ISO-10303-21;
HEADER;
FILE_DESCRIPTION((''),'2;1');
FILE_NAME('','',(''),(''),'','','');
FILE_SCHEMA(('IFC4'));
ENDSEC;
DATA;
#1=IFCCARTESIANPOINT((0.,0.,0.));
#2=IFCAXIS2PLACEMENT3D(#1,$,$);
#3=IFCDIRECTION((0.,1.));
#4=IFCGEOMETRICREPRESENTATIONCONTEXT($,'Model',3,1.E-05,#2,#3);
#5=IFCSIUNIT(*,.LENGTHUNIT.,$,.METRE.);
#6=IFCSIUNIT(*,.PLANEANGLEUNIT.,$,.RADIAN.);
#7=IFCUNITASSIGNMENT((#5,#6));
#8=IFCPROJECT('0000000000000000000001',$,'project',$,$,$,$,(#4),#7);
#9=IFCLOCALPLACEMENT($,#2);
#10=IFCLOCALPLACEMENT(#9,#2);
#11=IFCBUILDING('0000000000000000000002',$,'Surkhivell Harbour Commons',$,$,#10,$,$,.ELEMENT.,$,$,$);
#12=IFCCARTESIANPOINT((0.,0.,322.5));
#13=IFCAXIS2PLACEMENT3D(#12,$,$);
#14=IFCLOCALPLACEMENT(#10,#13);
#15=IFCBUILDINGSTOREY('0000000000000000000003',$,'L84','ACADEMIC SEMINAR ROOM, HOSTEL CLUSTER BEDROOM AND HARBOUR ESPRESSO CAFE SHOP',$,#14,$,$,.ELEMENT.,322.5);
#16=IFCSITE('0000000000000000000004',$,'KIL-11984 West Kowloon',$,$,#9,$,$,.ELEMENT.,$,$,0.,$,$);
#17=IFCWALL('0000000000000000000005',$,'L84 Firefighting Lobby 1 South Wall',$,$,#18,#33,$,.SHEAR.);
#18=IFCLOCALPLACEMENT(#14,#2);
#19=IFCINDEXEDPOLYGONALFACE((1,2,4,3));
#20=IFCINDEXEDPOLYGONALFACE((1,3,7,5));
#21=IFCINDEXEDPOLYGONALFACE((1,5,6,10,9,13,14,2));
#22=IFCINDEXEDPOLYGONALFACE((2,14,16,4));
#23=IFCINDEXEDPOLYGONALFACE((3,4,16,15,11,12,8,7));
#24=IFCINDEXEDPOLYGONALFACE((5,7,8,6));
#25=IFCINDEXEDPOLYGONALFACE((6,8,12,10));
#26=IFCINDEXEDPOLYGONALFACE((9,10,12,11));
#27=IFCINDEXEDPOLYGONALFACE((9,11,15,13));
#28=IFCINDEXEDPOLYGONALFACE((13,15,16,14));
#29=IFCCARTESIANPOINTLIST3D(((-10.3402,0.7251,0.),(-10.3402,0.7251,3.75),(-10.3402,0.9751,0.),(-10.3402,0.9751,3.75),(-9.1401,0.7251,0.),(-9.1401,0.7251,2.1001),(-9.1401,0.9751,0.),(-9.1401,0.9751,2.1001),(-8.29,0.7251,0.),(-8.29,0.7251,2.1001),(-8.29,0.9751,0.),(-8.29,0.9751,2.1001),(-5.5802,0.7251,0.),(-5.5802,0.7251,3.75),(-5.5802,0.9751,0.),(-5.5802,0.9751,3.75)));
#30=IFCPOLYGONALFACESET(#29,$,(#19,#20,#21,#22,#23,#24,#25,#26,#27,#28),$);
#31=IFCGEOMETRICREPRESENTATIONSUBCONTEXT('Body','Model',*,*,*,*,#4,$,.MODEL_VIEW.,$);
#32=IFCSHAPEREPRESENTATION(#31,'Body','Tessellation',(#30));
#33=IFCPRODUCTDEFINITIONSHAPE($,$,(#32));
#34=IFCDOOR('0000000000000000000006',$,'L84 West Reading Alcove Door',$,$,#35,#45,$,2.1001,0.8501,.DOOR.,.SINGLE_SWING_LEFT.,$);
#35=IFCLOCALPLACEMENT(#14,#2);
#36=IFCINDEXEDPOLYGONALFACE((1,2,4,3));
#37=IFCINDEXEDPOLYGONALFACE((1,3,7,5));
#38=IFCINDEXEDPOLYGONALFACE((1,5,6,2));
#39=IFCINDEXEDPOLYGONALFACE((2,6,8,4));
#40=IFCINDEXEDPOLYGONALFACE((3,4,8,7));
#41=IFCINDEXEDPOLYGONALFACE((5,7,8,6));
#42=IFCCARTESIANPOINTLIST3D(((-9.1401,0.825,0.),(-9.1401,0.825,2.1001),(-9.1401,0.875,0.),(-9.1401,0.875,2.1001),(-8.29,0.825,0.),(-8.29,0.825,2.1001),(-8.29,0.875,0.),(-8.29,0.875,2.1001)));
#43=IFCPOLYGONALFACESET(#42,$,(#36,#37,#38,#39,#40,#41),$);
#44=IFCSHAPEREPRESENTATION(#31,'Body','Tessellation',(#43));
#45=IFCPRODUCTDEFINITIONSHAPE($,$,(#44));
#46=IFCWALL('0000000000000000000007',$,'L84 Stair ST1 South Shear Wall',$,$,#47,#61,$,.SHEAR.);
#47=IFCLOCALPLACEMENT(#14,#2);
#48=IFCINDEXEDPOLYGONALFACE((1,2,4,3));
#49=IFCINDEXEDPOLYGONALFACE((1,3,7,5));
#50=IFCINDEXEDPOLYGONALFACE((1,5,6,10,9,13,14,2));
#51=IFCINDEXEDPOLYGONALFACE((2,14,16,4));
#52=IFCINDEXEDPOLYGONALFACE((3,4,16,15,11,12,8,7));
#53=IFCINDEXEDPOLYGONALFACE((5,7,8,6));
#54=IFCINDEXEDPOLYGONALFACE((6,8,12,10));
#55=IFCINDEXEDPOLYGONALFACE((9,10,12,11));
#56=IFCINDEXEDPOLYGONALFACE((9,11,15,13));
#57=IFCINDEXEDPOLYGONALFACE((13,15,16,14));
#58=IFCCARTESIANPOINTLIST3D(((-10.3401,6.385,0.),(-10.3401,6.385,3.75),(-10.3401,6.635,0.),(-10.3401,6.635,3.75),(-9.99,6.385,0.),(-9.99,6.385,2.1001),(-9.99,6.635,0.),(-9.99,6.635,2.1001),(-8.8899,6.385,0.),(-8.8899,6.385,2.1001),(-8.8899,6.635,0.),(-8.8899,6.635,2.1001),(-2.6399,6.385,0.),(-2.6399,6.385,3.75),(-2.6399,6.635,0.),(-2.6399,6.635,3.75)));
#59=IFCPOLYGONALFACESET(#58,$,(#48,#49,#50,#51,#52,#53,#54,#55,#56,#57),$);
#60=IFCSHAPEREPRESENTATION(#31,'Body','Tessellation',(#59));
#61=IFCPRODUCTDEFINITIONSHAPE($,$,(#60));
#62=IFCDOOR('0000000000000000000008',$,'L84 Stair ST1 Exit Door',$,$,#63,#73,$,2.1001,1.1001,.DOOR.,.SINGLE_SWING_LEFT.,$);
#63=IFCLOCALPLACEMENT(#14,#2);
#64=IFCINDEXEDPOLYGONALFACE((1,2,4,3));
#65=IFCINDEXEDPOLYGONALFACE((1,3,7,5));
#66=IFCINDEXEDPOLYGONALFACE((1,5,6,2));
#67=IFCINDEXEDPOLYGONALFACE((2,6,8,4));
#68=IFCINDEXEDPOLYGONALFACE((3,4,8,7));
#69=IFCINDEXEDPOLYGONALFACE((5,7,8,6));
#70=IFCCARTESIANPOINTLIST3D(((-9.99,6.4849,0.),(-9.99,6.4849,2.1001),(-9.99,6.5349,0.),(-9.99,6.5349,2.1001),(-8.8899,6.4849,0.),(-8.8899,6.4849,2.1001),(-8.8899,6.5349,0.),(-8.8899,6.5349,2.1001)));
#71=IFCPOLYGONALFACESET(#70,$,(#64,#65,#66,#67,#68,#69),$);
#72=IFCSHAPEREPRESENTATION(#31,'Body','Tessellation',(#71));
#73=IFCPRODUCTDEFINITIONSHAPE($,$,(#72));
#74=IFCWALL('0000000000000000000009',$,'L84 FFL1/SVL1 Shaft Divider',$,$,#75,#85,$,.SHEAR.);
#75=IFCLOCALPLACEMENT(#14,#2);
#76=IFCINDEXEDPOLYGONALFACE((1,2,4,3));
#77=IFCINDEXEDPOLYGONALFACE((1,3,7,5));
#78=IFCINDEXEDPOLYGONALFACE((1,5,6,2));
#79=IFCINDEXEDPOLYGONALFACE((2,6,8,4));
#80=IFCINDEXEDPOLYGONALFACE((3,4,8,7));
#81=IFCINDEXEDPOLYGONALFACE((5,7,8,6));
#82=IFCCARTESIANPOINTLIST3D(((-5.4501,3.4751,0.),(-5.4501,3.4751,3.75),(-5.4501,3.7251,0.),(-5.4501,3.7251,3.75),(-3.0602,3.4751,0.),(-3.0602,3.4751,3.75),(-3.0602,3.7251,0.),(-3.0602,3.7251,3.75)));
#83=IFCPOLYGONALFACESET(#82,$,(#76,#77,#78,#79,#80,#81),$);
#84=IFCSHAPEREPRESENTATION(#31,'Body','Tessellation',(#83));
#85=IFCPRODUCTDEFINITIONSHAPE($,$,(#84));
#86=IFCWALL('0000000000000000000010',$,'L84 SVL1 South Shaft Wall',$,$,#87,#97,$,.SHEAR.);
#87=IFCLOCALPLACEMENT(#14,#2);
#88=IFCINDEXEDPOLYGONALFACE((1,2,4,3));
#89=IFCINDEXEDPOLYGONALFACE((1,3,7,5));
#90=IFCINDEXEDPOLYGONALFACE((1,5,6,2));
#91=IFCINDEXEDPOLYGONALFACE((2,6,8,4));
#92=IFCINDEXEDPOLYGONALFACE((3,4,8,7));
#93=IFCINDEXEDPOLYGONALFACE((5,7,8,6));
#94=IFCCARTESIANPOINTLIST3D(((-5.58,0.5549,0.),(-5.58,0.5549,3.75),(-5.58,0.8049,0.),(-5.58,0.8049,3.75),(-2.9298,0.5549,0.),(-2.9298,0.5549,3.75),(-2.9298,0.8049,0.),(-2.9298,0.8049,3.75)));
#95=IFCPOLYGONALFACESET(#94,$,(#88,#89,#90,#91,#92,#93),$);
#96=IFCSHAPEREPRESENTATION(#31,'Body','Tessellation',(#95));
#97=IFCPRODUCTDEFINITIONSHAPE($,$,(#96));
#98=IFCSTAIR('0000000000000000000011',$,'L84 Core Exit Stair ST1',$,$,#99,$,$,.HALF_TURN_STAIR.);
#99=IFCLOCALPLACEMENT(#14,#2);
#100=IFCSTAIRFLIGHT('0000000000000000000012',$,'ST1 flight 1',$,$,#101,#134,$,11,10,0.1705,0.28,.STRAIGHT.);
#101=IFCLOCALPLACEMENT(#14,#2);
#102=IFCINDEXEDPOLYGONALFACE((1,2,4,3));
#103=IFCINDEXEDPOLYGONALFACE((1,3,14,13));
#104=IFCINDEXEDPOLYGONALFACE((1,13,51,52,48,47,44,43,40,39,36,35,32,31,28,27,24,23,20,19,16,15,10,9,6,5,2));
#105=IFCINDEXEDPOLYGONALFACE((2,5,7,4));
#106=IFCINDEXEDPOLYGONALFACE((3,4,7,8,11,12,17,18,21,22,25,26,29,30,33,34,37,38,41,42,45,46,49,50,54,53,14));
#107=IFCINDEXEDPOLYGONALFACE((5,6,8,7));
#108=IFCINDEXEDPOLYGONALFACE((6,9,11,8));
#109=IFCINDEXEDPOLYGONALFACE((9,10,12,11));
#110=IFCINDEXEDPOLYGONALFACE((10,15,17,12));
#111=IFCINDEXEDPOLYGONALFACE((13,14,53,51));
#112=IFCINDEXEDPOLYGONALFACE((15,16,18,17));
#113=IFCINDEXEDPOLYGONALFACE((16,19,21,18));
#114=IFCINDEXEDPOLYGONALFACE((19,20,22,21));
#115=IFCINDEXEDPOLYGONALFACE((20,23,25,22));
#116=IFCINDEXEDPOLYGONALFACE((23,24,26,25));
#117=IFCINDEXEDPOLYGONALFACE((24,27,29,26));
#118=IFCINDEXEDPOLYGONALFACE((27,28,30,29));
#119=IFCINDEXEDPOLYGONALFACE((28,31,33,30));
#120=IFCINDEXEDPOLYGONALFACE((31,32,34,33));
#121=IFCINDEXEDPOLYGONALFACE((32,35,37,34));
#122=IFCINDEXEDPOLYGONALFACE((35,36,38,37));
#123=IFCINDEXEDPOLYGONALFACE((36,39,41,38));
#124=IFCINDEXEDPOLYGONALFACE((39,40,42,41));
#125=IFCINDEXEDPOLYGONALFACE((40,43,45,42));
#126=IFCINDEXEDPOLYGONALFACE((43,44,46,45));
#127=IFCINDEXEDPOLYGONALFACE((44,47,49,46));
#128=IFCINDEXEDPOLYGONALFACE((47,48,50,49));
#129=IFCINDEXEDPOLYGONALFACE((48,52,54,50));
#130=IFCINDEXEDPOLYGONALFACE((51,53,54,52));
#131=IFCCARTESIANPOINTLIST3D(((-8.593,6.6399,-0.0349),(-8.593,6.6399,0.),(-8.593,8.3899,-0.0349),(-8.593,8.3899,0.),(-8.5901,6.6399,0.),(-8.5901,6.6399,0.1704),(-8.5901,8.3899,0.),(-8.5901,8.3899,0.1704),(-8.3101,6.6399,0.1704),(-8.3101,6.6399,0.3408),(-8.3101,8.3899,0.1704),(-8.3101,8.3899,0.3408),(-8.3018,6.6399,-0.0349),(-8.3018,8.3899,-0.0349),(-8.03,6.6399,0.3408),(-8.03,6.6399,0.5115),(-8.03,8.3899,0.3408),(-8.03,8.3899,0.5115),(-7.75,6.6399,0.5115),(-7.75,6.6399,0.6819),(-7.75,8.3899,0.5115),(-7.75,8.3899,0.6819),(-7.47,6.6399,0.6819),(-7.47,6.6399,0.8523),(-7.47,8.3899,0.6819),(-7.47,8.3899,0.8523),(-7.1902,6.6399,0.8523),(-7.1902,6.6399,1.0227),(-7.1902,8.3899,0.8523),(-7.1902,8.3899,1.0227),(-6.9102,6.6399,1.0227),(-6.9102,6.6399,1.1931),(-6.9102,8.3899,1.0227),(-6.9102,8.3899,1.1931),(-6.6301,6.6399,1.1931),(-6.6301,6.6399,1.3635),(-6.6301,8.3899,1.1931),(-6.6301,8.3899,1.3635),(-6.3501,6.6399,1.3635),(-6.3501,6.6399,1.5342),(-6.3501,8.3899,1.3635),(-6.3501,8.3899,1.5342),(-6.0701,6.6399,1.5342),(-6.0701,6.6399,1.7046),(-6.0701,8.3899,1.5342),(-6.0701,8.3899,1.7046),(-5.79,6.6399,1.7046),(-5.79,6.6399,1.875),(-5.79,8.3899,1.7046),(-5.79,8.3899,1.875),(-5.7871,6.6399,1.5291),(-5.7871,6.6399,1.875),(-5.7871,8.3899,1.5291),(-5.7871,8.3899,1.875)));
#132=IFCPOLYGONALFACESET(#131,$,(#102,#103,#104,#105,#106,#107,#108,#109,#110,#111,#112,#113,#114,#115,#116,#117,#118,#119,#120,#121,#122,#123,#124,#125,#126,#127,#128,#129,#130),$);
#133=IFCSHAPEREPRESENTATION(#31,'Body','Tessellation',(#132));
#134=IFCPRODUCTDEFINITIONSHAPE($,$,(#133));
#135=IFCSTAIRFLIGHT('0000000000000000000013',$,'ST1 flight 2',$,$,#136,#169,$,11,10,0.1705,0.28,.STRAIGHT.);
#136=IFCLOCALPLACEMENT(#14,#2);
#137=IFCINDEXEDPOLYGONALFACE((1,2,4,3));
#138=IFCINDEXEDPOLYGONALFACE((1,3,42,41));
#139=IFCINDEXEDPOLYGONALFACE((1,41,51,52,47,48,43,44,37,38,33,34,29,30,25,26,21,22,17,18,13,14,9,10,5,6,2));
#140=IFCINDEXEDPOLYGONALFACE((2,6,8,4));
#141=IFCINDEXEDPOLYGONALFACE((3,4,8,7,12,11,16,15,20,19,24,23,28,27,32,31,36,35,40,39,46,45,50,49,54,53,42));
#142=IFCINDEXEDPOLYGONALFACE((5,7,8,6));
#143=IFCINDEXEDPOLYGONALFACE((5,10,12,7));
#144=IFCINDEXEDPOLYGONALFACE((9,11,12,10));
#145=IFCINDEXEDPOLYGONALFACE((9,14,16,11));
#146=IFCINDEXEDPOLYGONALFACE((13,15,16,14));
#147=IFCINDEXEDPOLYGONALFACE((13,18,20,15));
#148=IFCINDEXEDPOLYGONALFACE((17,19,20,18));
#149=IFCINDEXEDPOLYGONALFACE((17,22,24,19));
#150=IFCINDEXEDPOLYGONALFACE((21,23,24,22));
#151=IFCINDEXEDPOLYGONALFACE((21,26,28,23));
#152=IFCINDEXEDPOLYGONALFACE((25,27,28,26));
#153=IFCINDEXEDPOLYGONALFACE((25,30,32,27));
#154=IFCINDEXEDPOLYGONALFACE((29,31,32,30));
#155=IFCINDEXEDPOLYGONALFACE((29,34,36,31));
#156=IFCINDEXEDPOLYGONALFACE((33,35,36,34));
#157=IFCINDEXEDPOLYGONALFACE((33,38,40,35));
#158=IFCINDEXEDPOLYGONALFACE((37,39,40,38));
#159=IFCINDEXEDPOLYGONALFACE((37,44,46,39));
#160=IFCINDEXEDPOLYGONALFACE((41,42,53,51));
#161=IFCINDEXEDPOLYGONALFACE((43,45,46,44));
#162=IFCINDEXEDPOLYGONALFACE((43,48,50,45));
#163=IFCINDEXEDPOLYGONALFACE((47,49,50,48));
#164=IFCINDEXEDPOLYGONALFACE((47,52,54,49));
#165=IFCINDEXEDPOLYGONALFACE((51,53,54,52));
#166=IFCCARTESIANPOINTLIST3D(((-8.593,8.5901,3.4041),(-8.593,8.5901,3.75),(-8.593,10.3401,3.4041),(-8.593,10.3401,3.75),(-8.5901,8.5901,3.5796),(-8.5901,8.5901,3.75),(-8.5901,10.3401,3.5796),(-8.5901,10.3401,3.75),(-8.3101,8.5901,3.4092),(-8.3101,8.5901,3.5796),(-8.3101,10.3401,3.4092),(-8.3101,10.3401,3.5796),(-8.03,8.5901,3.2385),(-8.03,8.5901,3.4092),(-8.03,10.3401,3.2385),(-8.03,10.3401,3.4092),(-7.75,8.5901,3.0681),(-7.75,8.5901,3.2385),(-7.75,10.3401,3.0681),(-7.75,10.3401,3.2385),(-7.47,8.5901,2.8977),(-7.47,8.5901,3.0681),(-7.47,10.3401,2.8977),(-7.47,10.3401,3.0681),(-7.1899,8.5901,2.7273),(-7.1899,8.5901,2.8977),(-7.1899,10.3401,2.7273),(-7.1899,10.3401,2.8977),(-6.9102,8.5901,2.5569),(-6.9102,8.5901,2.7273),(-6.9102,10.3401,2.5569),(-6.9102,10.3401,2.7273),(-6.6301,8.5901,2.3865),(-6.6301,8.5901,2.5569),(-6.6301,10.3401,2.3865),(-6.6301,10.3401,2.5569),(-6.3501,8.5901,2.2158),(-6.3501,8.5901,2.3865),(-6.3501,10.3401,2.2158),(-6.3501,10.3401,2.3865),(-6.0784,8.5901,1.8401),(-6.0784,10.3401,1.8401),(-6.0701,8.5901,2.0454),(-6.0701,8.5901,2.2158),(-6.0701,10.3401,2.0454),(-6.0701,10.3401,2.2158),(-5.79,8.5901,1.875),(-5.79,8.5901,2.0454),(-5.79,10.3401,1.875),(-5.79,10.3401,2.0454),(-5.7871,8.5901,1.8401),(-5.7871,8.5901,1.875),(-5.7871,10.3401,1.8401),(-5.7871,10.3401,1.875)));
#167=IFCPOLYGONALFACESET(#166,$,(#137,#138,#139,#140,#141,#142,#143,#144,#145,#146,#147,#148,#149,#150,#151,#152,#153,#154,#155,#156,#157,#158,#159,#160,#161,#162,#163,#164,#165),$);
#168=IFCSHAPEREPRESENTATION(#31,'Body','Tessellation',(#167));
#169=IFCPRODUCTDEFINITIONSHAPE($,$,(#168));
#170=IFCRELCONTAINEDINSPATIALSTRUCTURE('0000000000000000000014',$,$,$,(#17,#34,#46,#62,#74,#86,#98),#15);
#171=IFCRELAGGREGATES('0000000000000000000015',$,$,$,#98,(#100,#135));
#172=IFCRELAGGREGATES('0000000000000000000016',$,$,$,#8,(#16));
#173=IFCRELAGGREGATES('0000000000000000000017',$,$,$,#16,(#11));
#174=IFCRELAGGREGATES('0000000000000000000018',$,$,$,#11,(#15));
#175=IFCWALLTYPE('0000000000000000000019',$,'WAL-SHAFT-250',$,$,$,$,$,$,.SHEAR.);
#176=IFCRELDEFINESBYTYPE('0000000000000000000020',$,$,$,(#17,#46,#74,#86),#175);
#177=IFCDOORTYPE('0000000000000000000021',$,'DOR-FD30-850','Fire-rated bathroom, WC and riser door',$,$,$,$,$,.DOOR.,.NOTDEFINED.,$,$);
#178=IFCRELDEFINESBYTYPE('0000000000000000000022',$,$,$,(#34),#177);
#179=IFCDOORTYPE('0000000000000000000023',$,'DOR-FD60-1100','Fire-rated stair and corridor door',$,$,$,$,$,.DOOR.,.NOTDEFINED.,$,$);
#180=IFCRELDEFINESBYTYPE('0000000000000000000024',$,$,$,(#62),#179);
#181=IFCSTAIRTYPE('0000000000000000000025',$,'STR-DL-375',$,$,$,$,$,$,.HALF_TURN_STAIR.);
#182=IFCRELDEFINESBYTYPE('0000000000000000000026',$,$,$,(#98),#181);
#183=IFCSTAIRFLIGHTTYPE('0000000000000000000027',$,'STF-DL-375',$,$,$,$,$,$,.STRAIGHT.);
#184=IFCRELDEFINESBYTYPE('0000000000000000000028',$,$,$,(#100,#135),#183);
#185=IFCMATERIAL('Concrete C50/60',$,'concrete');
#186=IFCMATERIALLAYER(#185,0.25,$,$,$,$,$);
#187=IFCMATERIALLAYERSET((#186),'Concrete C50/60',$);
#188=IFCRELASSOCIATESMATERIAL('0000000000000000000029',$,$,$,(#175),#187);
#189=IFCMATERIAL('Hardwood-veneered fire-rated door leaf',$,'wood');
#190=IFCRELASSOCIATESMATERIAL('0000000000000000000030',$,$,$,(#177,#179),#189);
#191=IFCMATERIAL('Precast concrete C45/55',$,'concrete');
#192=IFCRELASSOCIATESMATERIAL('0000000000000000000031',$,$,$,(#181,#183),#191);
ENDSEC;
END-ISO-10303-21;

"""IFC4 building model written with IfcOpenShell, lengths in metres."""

from ifc_helpers import new_model, si_unit, direction, frame, frame_2d, origin, place, context, subcontext, project, spatial, polyline, rectangle, outline, extrude, material, layer, layer_set, type_object, element, fill, aggregate, save


model = new_model("IFC4")

# Units and contexts
model_context = context("Model", 3, precision=1e-05, world=origin(), true_north=direction((0.0, 1.0)))
body_context = subcontext(model_context, "Body", "Model", "MODEL_VIEW")
ifc_project = project(units=[si_unit("LENGTHUNIT", "METRE"), si_unit("PLANEANGLEUNIT", "RADIAN")], contexts=[model_context])

# Site, building, storey
site_placement = place(None, origin())
site = spatial("IfcSite", under=ifc_project, at=site_placement, Name="KIL-11984 West Kowloon", CompositionType="ELEMENT", RefElevation=0.0)
building_placement = place(site_placement, origin())
building = spatial("IfcBuilding", under=site, at=building_placement, Name="Surkhivell Harbour Commons", CompositionType="ELEMENT")
storey_placement = place(building_placement, frame((0.0, 0.0, 322.5)))
storey = spatial("IfcBuildingStorey", under=building, at=storey_placement, Name="L84", Description="ACADEMIC SEMINAR ROOM, HOSTEL CLUSTER BEDROOM AND HARBOUR ESPRESSO CAFE SHOP", CompositionType="ELEMENT", Elevation=322.5)

# Shared definitions
ifc_material_1 = material(Name="Concrete C50/60", Category="concrete")

# Shared definitions
ifc_material_2 = material(Name="Hardwood-veneered fire-rated door leaf", Category="wood")

# Walls, openings, doors
ifc_layer_1 = layer(ifc_material_1, 0.25)
ifc_layer_set_1 = layer_set([ifc_layer_1], Name="Concrete C50/60")
wall_type_1 = type_object("IfcWallType", Name="WAL-SHAFT-250", PredefinedType="SHEAR", material=ifc_layer_set_1)
wall_1_placement = place(storey_placement, frame((-10.3401, 0.8501, 0.0), z_axis=(0.0, 0.0, 1.0), x_axis=(1.0, 0.0, 0.0)))
wall_1 = element("IfcWall", 1, at=wall_1_placement, inside=storey, type_object=wall_type_1, Name="L84 Firefighting Lobby 1 South Wall", PredefinedType="SHEAR", context=body_context, shape_type="SweptSolid", body=[
    extrude(rectangle(XDim=4.76, YDim=0.25, at=frame_2d((2.3799, 0.0))), origin(), (0.0, 0.0, 1.0), 3.75),
])
opening_1_placement = place(wall_1_placement, frame((1.2, 0.0, 0.0)))
opening_1 = element("IfcOpeningElement", 2, at=opening_1_placement, cuts=wall_1, PredefinedType="OPENING", context=body_context, shape_type="SweptSolid", body=[
    extrude(rectangle(XDim=0.8501, YDim=2.1001, at=frame_2d((0.425, 1.05))), frame((0.0, 0.135, 0.0), z_axis=(0.0, -1.0, 0.0), x_axis=(1.0, 0.0, 0.0)), (0.0, 0.0, 1.0), 0.27),
])
door_type_1 = type_object("IfcDoorType", Name="DOR-FD30-850", Description="Fire-rated bathroom, WC and riser door", OperationType="NOTDEFINED", PredefinedType="DOOR", material=ifc_material_2)
door_1_placement = place(opening_1_placement, origin())
door_1 = element("IfcDoor", 3, at=door_1_placement, inside=storey, type_object=door_type_1, Name="L84 West Reading Alcove Door", OperationType="SINGLE_SWING_LEFT", OverallHeight=2.1001, OverallWidth=0.8501, PredefinedType="DOOR", context=body_context, shape_type="SweptSolid", body=[
    extrude(rectangle(XDim=0.8501, YDim=2.1001, at=frame_2d((0.425, 1.05))), frame((0.0, 0.0249, 0.0), z_axis=(0.0, -1.0, 0.0), x_axis=(1.0, 0.0, 0.0)), (0.0, 0.0, 1.0), 0.05),
])
fill(opening_1, door_1)
wall_2_placement = place(storey_placement, frame((-10.3401, 6.51, 0.0), z_axis=(0.0, 0.0, 1.0), x_axis=(1.0, 0.0, 0.0)))
wall_2 = element("IfcWall", 4, at=wall_2_placement, inside=storey, type_object=wall_type_1, Name="L84 Stair ST1 South Shear Wall", PredefinedType="SHEAR", context=body_context, shape_type="SweptSolid", body=[
    extrude(rectangle(XDim=7.7002, YDim=0.25, at=frame_2d((3.8501, 0.0))), origin(), (0.0, 0.0, 1.0), 3.75),
])
opening_2_placement = place(wall_2_placement, frame((0.3501, 0.0, 0.0)))
opening_2 = element("IfcOpeningElement", 5, at=opening_2_placement, cuts=wall_2, PredefinedType="OPENING", context=body_context, shape_type="SweptSolid", body=[
    extrude(rectangle(XDim=1.1001, YDim=2.1001, at=frame_2d((0.55, 1.05))), frame((0.0, 0.135, 0.0), z_axis=(0.0, -1.0, 0.0), x_axis=(1.0, 0.0, 0.0)), (0.0, 0.0, 1.0), 0.27),
])
door_type_2 = type_object("IfcDoorType", Name="DOR-FD60-1100", Description="Fire-rated stair and corridor door", OperationType="NOTDEFINED", PredefinedType="DOOR", material=ifc_material_2)
door_2_placement = place(opening_2_placement, origin())
door_2 = element("IfcDoor", 6, at=door_2_placement, inside=storey, type_object=door_type_2, Name="L84 Stair ST1 Exit Door", OperationType="SINGLE_SWING_LEFT", OverallHeight=2.1001, OverallWidth=1.1001, PredefinedType="DOOR", context=body_context, shape_type="SweptSolid", body=[
    extrude(rectangle(XDim=1.1001, YDim=2.1001, at=frame_2d((0.55, 1.05))), frame((0.0, 0.0249, 0.0), z_axis=(0.0, -1.0, 0.0), x_axis=(1.0, 0.0, 0.0)), (0.0, 0.0, 1.0), 0.05),
])
fill(opening_2, door_2)

# Walls
wall_3_placement = place(storey_placement, frame((-5.45, 3.6001, 0.0), z_axis=(0.0, 0.0, 1.0), x_axis=(1.0, 0.0, 0.0)))
element("IfcWall", 7, at=wall_3_placement, inside=storey, type_object=wall_type_1, Name="L84 FFL1/SVL1 Shaft Divider", PredefinedType="SHEAR", context=body_context, shape_type="SweptSolid", body=[
    extrude(rectangle(XDim=2.3899, YDim=0.25, at=frame_2d((1.1948, 0.0))), origin(), (0.0, 0.0, 1.0), 3.75),
])
wall_4_placement = place(storey_placement, frame((-5.5801, 0.6799, 0.0), z_axis=(0.0, 0.0, 1.0), x_axis=(1.0, 0.0, 0.0)))
element("IfcWall", 8, at=wall_4_placement, inside=storey, type_object=wall_type_1, Name="L84 SVL1 South Shaft Wall", PredefinedType="SHEAR", context=body_context, shape_type="SweptSolid", body=[
    extrude(rectangle(XDim=2.6501, YDim=0.25, at=frame_2d((1.3252, 0.0))), origin(), (0.0, 0.0, 1.0), 3.75),
])

# Stair, stair flights
ifc_material_3 = material(Name="Precast concrete C45/55", Category="concrete")
stair_type = type_object("IfcStairType", Name="STR-DL-375", PredefinedType="HALF_TURN_STAIR", material=ifc_material_3)
stair_placement = place(storey_placement, origin())
stair = element("IfcStair", 9, at=stair_placement, inside=storey, type_object=stair_type, Name="L84 Core Exit Stair ST1", PredefinedType="HALF_TURN_STAIR")
stair_flight_type = type_object("IfcStairFlightType", Name="STF-DL-375", PredefinedType="STRAIGHT", material=ifc_material_3)
stair_flight_1_placement = place(storey_placement, frame((-8.5901, 7.5149, 0.0), z_axis=(0.0, 0.0, 1.0), x_axis=(1.0, 0.0, 0.0)))
stair_flight_1 = element("IfcStairFlight", 10, at=stair_flight_1_placement, type_object=stair_flight_type, Name="ST1 flight 1", NumberOfRisers=11, NumberOfTreads=10, PredefinedType="STRAIGHT", RiserHeight=0.1705, TreadLength=0.28, context=body_context, shape_type="SweptSolid", body=[
    extrude(outline(polyline([(-0.0029, -0.0349), (-0.0029, 0.0), (0.0, 0.0), (0.0, 0.1704), (0.28, 0.1704), (0.28, 0.3408), (0.5601, 0.3408), (0.5601, 0.5115), (0.8401, 0.5115), (0.8401, 0.6819), (1.1201, 0.6819), (1.1201, 0.8523), (1.3999, 0.8523), (1.3999, 1.0227), (1.6799, 1.0227), (1.6799, 1.1931), (1.96, 1.1931), (1.96, 1.3635), (2.24, 1.3635), (2.24, 1.5342), (2.52, 1.5342), (2.52, 1.7046), (2.8, 1.7046), (2.8, 1.875), (2.803, 1.875), (2.803, 1.5291), (0.2883, -0.0349), (-0.0029, -0.0349)])), frame((0.0, 0.875, 0.0), z_axis=(0.0, -1.0, 0.0), x_axis=(1.0, 0.0, 0.0)), (0.0, 0.0, 1.0), 1.75),
])
stair_flight_2_placement = place(storey_placement, frame((-5.79, 9.4651, 1.875), z_axis=(0.0, 0.0, 1.0), x_axis=(-1.0, 0.0, 0.0)))
stair_flight_2 = element("IfcStairFlight", 11, at=stair_flight_2_placement, type_object=stair_flight_type, Name="ST1 flight 2", NumberOfRisers=11, NumberOfTreads=10, PredefinedType="STRAIGHT", RiserHeight=0.1705, TreadLength=0.28, context=body_context, shape_type="SweptSolid", body=[
    extrude(outline(polyline([(-0.0029, -0.0349), (-0.0029, 0.0), (0.0, 0.0), (0.0, 0.1704), (0.28, 0.1704), (0.28, 0.3408), (0.5601, 0.3408), (0.5601, 0.5115), (0.8401, 0.5115), (0.8401, 0.6819), (1.1201, 0.6819), (1.1201, 0.8523), (1.3999, 0.8523), (1.3999, 1.0227), (1.6799, 1.0227), (1.6799, 1.1931), (1.96, 1.1931), (1.96, 1.3635), (2.24, 1.3635), (2.24, 1.5342), (2.52, 1.5342), (2.52, 1.7046), (2.8, 1.7046), (2.8, 1.875), (2.803, 1.875), (2.803, 1.5291), (0.2883, -0.0349), (-0.0029, -0.0349)])), frame((0.0, 0.875, 0.0), z_axis=(0.0, -1.0, 0.0), x_axis=(1.0, 0.0, 0.0)), (0.0, 0.0, 1.0), 1.75),
])
aggregate(stair, [stair_flight_1, stair_flight_2])

save(model, "model.ifc")
